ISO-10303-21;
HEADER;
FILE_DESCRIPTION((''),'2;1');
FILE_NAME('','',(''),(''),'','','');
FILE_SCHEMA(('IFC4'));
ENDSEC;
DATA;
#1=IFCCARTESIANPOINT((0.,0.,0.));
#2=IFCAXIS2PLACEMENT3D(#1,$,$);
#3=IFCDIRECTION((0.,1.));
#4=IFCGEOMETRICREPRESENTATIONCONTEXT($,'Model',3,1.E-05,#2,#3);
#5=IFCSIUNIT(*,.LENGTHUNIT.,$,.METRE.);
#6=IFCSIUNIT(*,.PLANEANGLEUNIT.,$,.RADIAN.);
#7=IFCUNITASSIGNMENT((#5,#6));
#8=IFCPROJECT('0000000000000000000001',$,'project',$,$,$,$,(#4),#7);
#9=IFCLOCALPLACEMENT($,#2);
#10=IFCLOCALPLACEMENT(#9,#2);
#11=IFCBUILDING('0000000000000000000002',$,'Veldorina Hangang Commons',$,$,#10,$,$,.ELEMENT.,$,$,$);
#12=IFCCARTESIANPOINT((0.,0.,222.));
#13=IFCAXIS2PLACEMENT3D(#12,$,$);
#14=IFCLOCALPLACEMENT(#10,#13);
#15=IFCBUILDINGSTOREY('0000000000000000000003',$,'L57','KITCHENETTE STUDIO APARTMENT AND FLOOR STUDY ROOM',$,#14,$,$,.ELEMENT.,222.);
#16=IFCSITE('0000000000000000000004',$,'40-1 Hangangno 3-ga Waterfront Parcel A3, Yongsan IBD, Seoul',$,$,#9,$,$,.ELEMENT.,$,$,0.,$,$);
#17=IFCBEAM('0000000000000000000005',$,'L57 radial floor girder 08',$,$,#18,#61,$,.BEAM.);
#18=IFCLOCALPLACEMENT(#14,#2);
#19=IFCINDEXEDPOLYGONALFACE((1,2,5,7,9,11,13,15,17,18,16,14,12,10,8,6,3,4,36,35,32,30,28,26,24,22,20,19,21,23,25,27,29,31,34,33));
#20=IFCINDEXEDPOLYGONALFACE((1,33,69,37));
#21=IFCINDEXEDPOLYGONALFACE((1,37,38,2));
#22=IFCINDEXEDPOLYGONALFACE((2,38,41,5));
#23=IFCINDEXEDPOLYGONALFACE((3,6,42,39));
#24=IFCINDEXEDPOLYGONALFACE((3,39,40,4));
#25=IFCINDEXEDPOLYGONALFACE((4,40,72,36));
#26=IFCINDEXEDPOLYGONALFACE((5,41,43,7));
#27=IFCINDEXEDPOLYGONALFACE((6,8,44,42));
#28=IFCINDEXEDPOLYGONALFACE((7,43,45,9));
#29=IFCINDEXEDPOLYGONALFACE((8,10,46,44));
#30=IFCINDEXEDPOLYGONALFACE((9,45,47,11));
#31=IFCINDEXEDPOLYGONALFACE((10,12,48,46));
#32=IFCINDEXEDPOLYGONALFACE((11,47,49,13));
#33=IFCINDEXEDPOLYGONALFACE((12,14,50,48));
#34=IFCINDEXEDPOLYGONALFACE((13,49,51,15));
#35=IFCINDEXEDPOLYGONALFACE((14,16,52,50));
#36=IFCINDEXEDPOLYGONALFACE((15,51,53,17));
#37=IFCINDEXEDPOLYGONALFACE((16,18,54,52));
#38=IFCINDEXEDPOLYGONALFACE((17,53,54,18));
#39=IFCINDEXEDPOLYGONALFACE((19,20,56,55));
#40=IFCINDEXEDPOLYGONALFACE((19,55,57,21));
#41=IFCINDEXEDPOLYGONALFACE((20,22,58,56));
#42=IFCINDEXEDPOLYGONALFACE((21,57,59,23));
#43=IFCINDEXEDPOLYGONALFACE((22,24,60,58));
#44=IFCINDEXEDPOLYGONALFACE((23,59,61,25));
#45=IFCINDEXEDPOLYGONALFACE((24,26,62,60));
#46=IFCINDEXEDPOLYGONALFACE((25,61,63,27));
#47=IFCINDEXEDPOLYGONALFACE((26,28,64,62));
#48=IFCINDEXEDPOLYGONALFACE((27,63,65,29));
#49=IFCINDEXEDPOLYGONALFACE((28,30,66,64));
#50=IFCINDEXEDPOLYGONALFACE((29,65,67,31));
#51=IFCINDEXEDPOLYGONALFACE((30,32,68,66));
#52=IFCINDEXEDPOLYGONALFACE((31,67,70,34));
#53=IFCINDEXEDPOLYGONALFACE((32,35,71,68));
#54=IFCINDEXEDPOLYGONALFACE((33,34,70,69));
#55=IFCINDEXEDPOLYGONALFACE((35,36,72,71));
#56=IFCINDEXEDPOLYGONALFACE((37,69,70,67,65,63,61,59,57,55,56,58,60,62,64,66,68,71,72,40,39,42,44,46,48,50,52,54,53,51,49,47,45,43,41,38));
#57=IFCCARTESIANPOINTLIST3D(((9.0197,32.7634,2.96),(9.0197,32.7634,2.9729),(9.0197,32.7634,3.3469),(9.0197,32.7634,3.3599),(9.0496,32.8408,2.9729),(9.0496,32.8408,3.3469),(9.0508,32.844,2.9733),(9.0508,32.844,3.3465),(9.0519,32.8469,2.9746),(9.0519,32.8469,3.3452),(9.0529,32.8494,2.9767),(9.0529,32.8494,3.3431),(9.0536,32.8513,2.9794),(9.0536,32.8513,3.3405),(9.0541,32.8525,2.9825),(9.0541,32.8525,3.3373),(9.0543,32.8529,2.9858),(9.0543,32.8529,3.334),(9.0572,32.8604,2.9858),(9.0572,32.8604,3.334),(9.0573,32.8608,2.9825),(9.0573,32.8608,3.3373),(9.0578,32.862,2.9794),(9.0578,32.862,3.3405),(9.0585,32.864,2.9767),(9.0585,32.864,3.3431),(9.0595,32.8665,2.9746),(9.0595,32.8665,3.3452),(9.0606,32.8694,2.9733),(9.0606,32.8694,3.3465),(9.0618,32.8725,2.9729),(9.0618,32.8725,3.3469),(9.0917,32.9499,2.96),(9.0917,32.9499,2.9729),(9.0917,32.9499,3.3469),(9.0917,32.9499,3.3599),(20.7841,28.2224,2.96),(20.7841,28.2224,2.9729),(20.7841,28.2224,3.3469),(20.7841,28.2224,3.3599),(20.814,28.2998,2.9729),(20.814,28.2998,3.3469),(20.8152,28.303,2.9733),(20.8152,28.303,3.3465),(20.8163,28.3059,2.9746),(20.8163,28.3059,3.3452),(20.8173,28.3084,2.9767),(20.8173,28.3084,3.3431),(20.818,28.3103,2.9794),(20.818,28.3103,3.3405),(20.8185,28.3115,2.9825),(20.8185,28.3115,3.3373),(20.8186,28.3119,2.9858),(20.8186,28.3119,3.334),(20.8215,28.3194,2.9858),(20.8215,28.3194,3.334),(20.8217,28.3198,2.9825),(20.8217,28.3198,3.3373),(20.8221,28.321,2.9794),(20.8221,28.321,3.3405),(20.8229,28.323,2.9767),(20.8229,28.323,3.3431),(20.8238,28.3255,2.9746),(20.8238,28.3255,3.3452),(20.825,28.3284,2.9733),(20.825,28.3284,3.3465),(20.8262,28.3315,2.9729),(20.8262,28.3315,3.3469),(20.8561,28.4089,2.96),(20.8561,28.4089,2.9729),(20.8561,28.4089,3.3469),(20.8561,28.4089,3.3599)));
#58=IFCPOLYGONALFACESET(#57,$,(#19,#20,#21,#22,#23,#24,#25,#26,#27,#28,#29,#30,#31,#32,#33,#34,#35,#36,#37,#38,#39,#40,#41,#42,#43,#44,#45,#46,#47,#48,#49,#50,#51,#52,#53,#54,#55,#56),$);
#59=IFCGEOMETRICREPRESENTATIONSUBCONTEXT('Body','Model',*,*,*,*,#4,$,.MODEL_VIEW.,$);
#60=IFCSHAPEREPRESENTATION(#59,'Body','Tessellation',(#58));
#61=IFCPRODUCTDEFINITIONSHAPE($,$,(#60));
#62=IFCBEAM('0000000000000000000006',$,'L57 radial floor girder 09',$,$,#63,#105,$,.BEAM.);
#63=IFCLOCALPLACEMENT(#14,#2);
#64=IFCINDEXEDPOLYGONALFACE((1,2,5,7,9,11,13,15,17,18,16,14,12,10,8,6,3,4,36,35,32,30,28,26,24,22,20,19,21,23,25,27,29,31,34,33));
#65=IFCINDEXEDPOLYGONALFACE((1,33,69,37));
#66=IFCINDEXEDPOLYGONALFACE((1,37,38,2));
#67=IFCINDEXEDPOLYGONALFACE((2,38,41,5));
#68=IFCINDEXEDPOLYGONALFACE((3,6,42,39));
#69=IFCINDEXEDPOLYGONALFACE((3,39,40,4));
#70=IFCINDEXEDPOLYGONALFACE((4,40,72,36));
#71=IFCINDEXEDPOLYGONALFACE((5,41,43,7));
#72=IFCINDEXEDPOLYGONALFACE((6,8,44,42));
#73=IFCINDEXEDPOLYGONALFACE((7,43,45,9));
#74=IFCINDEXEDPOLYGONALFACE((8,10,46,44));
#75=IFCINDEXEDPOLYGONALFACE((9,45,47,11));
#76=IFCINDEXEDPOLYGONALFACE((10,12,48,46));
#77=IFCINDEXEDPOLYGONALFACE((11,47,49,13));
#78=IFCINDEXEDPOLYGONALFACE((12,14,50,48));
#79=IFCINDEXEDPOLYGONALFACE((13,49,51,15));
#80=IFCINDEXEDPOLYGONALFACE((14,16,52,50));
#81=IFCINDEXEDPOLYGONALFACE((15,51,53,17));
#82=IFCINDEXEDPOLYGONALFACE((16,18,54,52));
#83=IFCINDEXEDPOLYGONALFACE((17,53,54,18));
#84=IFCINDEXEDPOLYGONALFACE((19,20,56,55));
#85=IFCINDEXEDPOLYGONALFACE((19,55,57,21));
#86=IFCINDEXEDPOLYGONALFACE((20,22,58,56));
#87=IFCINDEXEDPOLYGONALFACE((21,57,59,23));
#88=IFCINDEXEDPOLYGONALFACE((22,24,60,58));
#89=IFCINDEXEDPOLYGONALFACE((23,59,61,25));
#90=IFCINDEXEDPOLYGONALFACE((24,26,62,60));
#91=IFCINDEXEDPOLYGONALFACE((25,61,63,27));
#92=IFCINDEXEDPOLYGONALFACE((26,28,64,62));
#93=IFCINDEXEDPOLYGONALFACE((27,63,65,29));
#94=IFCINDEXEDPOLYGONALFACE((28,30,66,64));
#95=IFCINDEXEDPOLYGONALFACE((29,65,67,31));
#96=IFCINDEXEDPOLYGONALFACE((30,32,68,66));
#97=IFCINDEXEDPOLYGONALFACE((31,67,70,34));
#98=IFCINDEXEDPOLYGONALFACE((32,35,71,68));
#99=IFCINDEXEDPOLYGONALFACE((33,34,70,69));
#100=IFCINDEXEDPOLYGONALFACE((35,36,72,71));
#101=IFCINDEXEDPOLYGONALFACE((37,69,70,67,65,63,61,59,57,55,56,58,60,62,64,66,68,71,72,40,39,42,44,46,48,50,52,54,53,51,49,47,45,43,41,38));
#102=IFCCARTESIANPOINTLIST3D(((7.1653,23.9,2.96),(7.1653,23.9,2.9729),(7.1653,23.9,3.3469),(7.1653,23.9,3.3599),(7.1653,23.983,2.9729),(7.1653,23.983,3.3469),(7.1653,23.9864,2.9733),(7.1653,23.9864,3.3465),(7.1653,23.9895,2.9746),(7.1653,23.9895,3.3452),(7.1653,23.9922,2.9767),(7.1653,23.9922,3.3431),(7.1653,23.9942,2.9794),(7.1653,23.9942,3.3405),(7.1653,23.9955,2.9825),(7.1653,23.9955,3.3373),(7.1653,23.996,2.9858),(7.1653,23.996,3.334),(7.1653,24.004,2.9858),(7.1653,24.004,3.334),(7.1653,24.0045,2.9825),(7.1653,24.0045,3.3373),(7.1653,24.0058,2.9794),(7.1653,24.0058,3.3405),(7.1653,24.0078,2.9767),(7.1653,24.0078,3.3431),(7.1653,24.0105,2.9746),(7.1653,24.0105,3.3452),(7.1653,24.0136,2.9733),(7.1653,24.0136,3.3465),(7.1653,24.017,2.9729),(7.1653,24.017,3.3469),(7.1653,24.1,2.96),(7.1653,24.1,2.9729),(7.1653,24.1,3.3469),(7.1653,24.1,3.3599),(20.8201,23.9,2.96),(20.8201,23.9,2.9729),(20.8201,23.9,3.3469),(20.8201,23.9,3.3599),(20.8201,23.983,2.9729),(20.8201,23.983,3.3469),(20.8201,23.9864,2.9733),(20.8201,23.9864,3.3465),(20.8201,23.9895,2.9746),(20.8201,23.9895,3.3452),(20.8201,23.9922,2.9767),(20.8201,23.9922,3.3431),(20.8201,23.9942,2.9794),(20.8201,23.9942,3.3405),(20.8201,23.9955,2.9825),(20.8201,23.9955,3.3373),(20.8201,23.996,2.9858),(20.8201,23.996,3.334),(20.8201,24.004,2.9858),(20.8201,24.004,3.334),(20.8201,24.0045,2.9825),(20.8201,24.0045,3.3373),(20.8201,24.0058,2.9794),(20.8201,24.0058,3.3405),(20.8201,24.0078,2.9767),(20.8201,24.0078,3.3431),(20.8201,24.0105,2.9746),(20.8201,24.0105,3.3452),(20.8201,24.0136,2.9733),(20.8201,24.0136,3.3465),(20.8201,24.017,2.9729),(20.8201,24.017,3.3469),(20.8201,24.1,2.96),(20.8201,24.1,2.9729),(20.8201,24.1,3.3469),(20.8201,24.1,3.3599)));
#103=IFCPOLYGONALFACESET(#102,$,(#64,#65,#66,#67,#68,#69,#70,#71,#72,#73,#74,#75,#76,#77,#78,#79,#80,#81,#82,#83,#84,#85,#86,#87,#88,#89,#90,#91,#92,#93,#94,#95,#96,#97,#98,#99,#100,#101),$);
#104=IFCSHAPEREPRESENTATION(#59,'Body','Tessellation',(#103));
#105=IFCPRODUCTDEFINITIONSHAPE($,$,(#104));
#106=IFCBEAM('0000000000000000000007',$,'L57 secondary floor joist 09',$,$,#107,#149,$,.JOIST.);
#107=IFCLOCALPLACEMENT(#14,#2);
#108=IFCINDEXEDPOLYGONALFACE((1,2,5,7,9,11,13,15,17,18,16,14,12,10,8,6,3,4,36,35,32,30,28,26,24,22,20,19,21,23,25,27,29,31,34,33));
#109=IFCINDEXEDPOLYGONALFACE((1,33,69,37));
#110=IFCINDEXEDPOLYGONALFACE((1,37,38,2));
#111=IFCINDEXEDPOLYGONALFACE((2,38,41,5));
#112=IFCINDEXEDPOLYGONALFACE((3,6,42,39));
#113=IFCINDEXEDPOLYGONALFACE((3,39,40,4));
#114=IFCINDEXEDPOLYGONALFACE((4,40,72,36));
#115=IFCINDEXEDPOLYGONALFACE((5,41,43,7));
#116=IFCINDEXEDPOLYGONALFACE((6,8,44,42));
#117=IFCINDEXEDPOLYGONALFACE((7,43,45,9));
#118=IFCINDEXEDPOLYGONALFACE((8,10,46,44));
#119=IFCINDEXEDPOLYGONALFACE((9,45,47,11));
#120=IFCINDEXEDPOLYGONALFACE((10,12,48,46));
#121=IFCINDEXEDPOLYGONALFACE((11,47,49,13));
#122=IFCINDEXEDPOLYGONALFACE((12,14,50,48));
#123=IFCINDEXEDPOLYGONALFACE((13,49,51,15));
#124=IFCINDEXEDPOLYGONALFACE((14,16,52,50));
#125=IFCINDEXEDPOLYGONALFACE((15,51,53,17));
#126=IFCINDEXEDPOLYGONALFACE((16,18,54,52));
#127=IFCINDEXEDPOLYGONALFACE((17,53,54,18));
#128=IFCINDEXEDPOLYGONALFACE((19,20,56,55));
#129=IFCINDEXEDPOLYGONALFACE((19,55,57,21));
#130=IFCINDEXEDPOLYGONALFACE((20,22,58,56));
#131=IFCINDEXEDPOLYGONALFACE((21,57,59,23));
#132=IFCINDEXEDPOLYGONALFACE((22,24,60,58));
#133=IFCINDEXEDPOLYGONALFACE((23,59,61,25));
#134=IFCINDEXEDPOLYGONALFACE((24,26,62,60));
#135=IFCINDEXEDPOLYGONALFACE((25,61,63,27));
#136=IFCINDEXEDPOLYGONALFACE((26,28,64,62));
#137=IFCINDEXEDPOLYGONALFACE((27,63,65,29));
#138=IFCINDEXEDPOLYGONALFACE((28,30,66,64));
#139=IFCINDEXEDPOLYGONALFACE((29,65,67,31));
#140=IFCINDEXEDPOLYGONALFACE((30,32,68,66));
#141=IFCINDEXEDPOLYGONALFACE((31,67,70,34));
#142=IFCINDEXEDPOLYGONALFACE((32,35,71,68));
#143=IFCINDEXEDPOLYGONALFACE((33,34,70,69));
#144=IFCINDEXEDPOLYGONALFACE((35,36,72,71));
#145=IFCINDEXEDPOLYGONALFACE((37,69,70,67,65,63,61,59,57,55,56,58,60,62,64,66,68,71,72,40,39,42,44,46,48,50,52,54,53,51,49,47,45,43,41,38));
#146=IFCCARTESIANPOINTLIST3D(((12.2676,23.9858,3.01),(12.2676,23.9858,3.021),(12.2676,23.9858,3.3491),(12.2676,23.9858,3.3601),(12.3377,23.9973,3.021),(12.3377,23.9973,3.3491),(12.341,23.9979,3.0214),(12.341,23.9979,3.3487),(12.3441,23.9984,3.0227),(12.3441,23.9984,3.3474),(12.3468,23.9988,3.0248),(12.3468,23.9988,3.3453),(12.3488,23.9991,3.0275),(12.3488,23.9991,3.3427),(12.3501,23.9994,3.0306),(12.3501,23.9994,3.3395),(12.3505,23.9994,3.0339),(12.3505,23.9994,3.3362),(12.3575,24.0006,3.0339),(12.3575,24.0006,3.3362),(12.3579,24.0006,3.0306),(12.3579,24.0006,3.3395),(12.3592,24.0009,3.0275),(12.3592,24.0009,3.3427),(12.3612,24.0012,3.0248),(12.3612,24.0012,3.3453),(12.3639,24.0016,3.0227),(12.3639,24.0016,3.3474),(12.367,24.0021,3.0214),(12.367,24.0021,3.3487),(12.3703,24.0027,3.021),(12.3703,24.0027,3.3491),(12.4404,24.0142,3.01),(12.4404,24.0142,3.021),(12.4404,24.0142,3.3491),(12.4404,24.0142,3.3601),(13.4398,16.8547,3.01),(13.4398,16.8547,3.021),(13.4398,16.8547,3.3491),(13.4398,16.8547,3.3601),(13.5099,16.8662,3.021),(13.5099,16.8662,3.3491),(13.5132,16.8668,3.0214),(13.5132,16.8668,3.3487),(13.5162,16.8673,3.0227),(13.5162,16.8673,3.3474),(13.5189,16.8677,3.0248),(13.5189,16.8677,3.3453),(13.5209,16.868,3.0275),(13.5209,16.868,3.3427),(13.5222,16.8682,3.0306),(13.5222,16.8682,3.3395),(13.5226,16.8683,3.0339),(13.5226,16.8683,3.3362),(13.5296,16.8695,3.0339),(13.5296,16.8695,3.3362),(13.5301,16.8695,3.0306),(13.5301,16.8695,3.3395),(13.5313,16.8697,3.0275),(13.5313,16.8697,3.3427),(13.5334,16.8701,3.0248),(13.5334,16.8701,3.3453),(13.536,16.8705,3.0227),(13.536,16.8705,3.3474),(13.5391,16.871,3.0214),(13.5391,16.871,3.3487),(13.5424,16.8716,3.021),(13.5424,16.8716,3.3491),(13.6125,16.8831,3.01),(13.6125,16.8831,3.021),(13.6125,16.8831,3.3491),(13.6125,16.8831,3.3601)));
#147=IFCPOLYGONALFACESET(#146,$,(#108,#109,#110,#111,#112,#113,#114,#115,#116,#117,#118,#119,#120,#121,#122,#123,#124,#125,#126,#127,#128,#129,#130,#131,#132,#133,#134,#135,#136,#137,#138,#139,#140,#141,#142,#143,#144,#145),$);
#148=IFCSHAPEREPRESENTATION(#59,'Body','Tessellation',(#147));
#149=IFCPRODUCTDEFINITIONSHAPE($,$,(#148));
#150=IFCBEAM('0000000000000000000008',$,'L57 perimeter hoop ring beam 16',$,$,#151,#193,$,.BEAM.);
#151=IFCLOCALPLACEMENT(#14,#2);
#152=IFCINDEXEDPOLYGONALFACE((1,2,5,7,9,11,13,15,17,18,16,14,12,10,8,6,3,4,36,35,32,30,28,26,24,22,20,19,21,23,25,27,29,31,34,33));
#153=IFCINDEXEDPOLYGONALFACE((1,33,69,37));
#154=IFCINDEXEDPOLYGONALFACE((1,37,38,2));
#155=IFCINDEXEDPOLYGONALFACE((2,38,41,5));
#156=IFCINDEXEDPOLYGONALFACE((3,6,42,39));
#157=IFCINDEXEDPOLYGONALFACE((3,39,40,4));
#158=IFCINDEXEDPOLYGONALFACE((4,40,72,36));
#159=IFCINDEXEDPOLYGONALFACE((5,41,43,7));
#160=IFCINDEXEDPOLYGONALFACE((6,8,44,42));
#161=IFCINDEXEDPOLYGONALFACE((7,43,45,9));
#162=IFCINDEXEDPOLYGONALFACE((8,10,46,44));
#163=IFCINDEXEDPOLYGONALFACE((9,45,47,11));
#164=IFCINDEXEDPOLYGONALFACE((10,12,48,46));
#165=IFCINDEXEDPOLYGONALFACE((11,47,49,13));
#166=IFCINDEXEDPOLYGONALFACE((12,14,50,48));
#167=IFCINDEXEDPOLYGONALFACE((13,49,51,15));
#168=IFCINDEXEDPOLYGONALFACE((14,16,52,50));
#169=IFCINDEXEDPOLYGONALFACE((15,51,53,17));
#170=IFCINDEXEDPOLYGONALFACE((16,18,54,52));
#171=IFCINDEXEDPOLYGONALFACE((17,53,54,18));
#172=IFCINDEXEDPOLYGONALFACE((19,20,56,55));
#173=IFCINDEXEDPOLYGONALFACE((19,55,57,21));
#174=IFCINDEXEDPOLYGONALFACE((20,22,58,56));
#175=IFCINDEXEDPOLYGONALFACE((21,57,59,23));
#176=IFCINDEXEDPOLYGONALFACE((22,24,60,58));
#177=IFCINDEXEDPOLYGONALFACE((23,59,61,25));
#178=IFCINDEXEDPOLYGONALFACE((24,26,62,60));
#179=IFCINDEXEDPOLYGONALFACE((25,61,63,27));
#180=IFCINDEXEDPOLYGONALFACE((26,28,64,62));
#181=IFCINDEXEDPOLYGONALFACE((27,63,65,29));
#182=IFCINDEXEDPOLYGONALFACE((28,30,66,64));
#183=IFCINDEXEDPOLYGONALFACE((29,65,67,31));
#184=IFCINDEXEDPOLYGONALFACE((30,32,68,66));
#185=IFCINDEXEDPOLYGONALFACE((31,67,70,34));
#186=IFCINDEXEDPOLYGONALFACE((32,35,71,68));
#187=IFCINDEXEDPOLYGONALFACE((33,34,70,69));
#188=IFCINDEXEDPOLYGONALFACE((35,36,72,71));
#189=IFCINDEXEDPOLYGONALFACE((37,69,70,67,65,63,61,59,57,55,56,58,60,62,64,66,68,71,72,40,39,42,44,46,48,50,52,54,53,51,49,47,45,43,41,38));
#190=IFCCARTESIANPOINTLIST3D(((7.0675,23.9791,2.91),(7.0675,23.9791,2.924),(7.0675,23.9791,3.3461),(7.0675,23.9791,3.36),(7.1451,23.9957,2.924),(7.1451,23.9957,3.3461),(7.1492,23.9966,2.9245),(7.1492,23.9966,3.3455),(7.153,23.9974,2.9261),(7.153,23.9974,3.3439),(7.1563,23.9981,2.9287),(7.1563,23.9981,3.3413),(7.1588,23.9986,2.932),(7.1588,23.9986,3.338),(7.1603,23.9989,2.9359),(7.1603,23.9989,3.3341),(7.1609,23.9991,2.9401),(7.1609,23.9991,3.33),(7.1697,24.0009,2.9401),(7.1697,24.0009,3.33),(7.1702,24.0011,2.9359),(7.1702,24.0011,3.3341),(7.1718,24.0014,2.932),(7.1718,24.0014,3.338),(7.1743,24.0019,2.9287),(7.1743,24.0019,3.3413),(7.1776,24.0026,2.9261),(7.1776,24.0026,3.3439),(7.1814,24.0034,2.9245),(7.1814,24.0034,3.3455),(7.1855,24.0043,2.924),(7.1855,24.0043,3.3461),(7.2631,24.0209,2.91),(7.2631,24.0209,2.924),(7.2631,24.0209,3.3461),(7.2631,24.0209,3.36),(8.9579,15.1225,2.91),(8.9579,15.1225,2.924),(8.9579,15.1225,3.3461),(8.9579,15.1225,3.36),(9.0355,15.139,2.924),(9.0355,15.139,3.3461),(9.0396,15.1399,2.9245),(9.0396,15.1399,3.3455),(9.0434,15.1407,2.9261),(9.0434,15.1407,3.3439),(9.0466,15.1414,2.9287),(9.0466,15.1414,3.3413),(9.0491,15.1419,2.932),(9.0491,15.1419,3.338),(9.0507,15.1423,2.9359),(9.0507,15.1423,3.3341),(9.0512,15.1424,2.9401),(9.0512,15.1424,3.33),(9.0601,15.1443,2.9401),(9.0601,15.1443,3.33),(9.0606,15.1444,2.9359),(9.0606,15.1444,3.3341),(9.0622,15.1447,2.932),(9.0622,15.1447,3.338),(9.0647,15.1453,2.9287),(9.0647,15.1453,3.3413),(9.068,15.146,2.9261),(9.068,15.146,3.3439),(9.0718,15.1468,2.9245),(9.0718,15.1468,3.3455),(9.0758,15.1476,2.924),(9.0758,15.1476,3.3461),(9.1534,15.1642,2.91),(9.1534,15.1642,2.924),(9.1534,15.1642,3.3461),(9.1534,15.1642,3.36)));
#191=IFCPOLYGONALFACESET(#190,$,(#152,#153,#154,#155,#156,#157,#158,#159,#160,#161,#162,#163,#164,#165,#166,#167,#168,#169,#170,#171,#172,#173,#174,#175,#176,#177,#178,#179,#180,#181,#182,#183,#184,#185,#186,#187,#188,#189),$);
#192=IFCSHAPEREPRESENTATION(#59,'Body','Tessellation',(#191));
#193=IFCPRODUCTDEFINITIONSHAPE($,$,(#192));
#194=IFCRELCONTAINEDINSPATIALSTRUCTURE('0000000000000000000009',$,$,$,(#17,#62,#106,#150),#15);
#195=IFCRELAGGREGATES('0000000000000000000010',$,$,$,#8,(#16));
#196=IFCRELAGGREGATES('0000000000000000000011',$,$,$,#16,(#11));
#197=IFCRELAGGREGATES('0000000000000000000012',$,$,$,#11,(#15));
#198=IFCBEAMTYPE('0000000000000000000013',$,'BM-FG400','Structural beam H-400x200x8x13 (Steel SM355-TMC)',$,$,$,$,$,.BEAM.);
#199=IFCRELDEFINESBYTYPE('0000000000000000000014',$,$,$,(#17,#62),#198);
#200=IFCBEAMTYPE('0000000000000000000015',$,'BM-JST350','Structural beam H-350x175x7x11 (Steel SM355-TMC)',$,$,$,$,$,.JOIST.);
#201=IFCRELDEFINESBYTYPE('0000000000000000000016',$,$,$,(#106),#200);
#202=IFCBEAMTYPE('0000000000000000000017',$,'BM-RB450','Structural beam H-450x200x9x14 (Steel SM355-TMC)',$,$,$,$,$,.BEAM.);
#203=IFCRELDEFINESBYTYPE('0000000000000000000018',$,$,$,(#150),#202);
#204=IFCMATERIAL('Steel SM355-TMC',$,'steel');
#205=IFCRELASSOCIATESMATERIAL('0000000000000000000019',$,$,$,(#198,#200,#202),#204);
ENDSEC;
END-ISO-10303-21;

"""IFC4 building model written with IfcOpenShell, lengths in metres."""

from ifc_helpers import new_model, si_unit, direction, frame, origin, origin_2d, place, context, subcontext, project, spatial, i_section, extrude, material, material_profile, profile_set, type_object, element, save


model = new_model("IFC4")

# Units and contexts
model_context = context("Model", 3, precision=1e-05, world=origin(), true_north=direction((0.0, 1.0)))
body_context = subcontext(model_context, "Body", "Model", "MODEL_VIEW")
ifc_project = project(units=[si_unit("LENGTHUNIT", "METRE"), si_unit("PLANEANGLEUNIT", "RADIAN")], contexts=[model_context])

# Site, building, storey
site_placement = place(None, origin())
site = spatial("IfcSite", under=ifc_project, at=site_placement, Name="40-1 Hangangno 3-ga Waterfront Parcel A3, Yongsan IBD, Seoul", CompositionType="ELEMENT", RefElevation=0.0)
building_placement = place(site_placement, origin())
building = spatial("IfcBuilding", under=site, at=building_placement, Name="Veldorina Hangang Commons", CompositionType="ELEMENT")
storey_placement = place(building_placement, frame((0.0, 0.0, 222.0)))
storey = spatial("IfcBuildingStorey", under=building, at=storey_placement, Name="L57", Description="KITCHENETTE STUDIO APARTMENT AND FLOOR STUDY ROOM", CompositionType="ELEMENT", Elevation=222.0)

# Beams
ifc_material_1 = material(Name="Steel SM355-TMC", Category="steel")
ifc_material_profile_1 = material_profile(ifc_material_1, i_section(OverallWidth=0.2, OverallDepth=0.3999, WebThickness=0.0081, FlangeThickness=0.0129, FilletRadius=0.0129, at=origin_2d()), Name="H-400x200x8x13")
ifc_profile_set_1 = profile_set([ifc_material_profile_1], Name="Steel SM355-TMC")
beam_type_1 = type_object("IfcBeamType", Name="BM-FG400", Description="Structural beam H-400x200x8x13 (Steel SM355-TMC)", PredefinedType="BEAM", material=ifc_profile_set_1)
beam_1_placement = place(storey_placement, frame((20.8201, 28.3157, 3.1599), z_axis=(-0.932913, 0.360101, 0.0), x_axis=(-0.360101, -0.932913, 0.0)))
element("IfcBeam", 1, at=beam_1_placement, inside=storey, type_object=beam_type_1, Name="L57 radial floor girder 08", PredefinedType="BEAM", context=body_context, shape_type="SweptSolid", body=[
    extrude(i_section(OverallWidth=0.2, OverallDepth=0.3999, WebThickness=0.0081, FlangeThickness=0.0129, FilletRadius=0.0129, at=origin_2d()), origin(), (0.0, 0.0, 1.0), 12.6104),
])
beam_2_placement = place(storey_placement, frame((20.8201, 24.0, 3.1599), z_axis=(-1.0, 0.0, 0.0), x_axis=(0.0, -1.0, 0.0)))
element("IfcBeam", 2, at=beam_2_placement, inside=storey, type_object=beam_type_1, Name="L57 radial floor girder 09", PredefinedType="BEAM", context=body_context, shape_type="SweptSolid", body=[
    extrude(i_section(OverallWidth=0.2, OverallDepth=0.3999, WebThickness=0.0081, FlangeThickness=0.0129, FilletRadius=0.0129, at=origin_2d()), origin(), (0.0, 0.0, 1.0), 13.6548),
])
ifc_material_profile_2 = material_profile(ifc_material_1, i_section(OverallWidth=0.175, OverallDepth=0.3501, WebThickness=0.0071, FlangeThickness=0.011, FilletRadius=0.0129, at=origin_2d()), Name="H-350x175x7x11")
ifc_profile_set_2 = profile_set([ifc_material_profile_2], Name="Steel SM355-TMC")
beam_type_2 = type_object("IfcBeamType", Name="BM-JST350", Description="Structural beam H-350x175x7x11 (Steel SM355-TMC)", PredefinedType="JOIST", material=ifc_profile_set_2)
beam_3_placement = place(storey_placement, frame((12.354, 24.0, 3.1851), z_axis=(0.162191, -0.986759, 0.0), x_axis=(0.986759, 0.162191, 0.0)))
element("IfcBeam", 3, at=beam_3_placement, inside=storey, type_object=beam_type_2, Name="L57 secondary floor joist 09", PredefinedType="JOIST", context=body_context, shape_type="SweptSolid", body=[
    extrude(i_section(OverallWidth=0.175, OverallDepth=0.3501, WebThickness=0.0071, FlangeThickness=0.011, FilletRadius=0.0129, at=origin_2d()), origin(), (0.0, 0.0, 1.0), 7.2268),
])
ifc_material_profile_3 = material_profile(ifc_material_1, i_section(OverallWidth=0.2, OverallDepth=0.45, WebThickness=0.009, FlangeThickness=0.0139, FilletRadius=0.0161, at=origin_2d()), Name="H-450x200x9x14")
ifc_profile_set_3 = profile_set([ifc_material_profile_3], Name="Steel SM355-TMC")
beam_type_3 = type_object("IfcBeamType", Name="BM-RB450", Description="Structural beam H-450x200x9x14 (Steel SM355-TMC)", PredefinedType="BEAM", material=ifc_profile_set_3)
beam_4_placement = place(storey_placement, frame((7.1653, 24.0, 3.135), z_axis=(0.208739, -0.977971, 0.0), x_axis=(0.977971, 0.208739, 0.0)))
element("IfcBeam", 4, at=beam_4_placement, inside=storey, type_object=beam_type_3, Name="L57 perimeter hoop ring beam 16", PredefinedType="BEAM", context=body_context, shape_type="SweptSolid", body=[
    extrude(i_section(OverallWidth=0.2, OverallDepth=0.45, WebThickness=0.009, FlangeThickness=0.0139, FilletRadius=0.0161, at=origin_2d()), origin(), (0.0, 0.0, 1.0), 9.0562),
])

save(model, "model.ifc")
